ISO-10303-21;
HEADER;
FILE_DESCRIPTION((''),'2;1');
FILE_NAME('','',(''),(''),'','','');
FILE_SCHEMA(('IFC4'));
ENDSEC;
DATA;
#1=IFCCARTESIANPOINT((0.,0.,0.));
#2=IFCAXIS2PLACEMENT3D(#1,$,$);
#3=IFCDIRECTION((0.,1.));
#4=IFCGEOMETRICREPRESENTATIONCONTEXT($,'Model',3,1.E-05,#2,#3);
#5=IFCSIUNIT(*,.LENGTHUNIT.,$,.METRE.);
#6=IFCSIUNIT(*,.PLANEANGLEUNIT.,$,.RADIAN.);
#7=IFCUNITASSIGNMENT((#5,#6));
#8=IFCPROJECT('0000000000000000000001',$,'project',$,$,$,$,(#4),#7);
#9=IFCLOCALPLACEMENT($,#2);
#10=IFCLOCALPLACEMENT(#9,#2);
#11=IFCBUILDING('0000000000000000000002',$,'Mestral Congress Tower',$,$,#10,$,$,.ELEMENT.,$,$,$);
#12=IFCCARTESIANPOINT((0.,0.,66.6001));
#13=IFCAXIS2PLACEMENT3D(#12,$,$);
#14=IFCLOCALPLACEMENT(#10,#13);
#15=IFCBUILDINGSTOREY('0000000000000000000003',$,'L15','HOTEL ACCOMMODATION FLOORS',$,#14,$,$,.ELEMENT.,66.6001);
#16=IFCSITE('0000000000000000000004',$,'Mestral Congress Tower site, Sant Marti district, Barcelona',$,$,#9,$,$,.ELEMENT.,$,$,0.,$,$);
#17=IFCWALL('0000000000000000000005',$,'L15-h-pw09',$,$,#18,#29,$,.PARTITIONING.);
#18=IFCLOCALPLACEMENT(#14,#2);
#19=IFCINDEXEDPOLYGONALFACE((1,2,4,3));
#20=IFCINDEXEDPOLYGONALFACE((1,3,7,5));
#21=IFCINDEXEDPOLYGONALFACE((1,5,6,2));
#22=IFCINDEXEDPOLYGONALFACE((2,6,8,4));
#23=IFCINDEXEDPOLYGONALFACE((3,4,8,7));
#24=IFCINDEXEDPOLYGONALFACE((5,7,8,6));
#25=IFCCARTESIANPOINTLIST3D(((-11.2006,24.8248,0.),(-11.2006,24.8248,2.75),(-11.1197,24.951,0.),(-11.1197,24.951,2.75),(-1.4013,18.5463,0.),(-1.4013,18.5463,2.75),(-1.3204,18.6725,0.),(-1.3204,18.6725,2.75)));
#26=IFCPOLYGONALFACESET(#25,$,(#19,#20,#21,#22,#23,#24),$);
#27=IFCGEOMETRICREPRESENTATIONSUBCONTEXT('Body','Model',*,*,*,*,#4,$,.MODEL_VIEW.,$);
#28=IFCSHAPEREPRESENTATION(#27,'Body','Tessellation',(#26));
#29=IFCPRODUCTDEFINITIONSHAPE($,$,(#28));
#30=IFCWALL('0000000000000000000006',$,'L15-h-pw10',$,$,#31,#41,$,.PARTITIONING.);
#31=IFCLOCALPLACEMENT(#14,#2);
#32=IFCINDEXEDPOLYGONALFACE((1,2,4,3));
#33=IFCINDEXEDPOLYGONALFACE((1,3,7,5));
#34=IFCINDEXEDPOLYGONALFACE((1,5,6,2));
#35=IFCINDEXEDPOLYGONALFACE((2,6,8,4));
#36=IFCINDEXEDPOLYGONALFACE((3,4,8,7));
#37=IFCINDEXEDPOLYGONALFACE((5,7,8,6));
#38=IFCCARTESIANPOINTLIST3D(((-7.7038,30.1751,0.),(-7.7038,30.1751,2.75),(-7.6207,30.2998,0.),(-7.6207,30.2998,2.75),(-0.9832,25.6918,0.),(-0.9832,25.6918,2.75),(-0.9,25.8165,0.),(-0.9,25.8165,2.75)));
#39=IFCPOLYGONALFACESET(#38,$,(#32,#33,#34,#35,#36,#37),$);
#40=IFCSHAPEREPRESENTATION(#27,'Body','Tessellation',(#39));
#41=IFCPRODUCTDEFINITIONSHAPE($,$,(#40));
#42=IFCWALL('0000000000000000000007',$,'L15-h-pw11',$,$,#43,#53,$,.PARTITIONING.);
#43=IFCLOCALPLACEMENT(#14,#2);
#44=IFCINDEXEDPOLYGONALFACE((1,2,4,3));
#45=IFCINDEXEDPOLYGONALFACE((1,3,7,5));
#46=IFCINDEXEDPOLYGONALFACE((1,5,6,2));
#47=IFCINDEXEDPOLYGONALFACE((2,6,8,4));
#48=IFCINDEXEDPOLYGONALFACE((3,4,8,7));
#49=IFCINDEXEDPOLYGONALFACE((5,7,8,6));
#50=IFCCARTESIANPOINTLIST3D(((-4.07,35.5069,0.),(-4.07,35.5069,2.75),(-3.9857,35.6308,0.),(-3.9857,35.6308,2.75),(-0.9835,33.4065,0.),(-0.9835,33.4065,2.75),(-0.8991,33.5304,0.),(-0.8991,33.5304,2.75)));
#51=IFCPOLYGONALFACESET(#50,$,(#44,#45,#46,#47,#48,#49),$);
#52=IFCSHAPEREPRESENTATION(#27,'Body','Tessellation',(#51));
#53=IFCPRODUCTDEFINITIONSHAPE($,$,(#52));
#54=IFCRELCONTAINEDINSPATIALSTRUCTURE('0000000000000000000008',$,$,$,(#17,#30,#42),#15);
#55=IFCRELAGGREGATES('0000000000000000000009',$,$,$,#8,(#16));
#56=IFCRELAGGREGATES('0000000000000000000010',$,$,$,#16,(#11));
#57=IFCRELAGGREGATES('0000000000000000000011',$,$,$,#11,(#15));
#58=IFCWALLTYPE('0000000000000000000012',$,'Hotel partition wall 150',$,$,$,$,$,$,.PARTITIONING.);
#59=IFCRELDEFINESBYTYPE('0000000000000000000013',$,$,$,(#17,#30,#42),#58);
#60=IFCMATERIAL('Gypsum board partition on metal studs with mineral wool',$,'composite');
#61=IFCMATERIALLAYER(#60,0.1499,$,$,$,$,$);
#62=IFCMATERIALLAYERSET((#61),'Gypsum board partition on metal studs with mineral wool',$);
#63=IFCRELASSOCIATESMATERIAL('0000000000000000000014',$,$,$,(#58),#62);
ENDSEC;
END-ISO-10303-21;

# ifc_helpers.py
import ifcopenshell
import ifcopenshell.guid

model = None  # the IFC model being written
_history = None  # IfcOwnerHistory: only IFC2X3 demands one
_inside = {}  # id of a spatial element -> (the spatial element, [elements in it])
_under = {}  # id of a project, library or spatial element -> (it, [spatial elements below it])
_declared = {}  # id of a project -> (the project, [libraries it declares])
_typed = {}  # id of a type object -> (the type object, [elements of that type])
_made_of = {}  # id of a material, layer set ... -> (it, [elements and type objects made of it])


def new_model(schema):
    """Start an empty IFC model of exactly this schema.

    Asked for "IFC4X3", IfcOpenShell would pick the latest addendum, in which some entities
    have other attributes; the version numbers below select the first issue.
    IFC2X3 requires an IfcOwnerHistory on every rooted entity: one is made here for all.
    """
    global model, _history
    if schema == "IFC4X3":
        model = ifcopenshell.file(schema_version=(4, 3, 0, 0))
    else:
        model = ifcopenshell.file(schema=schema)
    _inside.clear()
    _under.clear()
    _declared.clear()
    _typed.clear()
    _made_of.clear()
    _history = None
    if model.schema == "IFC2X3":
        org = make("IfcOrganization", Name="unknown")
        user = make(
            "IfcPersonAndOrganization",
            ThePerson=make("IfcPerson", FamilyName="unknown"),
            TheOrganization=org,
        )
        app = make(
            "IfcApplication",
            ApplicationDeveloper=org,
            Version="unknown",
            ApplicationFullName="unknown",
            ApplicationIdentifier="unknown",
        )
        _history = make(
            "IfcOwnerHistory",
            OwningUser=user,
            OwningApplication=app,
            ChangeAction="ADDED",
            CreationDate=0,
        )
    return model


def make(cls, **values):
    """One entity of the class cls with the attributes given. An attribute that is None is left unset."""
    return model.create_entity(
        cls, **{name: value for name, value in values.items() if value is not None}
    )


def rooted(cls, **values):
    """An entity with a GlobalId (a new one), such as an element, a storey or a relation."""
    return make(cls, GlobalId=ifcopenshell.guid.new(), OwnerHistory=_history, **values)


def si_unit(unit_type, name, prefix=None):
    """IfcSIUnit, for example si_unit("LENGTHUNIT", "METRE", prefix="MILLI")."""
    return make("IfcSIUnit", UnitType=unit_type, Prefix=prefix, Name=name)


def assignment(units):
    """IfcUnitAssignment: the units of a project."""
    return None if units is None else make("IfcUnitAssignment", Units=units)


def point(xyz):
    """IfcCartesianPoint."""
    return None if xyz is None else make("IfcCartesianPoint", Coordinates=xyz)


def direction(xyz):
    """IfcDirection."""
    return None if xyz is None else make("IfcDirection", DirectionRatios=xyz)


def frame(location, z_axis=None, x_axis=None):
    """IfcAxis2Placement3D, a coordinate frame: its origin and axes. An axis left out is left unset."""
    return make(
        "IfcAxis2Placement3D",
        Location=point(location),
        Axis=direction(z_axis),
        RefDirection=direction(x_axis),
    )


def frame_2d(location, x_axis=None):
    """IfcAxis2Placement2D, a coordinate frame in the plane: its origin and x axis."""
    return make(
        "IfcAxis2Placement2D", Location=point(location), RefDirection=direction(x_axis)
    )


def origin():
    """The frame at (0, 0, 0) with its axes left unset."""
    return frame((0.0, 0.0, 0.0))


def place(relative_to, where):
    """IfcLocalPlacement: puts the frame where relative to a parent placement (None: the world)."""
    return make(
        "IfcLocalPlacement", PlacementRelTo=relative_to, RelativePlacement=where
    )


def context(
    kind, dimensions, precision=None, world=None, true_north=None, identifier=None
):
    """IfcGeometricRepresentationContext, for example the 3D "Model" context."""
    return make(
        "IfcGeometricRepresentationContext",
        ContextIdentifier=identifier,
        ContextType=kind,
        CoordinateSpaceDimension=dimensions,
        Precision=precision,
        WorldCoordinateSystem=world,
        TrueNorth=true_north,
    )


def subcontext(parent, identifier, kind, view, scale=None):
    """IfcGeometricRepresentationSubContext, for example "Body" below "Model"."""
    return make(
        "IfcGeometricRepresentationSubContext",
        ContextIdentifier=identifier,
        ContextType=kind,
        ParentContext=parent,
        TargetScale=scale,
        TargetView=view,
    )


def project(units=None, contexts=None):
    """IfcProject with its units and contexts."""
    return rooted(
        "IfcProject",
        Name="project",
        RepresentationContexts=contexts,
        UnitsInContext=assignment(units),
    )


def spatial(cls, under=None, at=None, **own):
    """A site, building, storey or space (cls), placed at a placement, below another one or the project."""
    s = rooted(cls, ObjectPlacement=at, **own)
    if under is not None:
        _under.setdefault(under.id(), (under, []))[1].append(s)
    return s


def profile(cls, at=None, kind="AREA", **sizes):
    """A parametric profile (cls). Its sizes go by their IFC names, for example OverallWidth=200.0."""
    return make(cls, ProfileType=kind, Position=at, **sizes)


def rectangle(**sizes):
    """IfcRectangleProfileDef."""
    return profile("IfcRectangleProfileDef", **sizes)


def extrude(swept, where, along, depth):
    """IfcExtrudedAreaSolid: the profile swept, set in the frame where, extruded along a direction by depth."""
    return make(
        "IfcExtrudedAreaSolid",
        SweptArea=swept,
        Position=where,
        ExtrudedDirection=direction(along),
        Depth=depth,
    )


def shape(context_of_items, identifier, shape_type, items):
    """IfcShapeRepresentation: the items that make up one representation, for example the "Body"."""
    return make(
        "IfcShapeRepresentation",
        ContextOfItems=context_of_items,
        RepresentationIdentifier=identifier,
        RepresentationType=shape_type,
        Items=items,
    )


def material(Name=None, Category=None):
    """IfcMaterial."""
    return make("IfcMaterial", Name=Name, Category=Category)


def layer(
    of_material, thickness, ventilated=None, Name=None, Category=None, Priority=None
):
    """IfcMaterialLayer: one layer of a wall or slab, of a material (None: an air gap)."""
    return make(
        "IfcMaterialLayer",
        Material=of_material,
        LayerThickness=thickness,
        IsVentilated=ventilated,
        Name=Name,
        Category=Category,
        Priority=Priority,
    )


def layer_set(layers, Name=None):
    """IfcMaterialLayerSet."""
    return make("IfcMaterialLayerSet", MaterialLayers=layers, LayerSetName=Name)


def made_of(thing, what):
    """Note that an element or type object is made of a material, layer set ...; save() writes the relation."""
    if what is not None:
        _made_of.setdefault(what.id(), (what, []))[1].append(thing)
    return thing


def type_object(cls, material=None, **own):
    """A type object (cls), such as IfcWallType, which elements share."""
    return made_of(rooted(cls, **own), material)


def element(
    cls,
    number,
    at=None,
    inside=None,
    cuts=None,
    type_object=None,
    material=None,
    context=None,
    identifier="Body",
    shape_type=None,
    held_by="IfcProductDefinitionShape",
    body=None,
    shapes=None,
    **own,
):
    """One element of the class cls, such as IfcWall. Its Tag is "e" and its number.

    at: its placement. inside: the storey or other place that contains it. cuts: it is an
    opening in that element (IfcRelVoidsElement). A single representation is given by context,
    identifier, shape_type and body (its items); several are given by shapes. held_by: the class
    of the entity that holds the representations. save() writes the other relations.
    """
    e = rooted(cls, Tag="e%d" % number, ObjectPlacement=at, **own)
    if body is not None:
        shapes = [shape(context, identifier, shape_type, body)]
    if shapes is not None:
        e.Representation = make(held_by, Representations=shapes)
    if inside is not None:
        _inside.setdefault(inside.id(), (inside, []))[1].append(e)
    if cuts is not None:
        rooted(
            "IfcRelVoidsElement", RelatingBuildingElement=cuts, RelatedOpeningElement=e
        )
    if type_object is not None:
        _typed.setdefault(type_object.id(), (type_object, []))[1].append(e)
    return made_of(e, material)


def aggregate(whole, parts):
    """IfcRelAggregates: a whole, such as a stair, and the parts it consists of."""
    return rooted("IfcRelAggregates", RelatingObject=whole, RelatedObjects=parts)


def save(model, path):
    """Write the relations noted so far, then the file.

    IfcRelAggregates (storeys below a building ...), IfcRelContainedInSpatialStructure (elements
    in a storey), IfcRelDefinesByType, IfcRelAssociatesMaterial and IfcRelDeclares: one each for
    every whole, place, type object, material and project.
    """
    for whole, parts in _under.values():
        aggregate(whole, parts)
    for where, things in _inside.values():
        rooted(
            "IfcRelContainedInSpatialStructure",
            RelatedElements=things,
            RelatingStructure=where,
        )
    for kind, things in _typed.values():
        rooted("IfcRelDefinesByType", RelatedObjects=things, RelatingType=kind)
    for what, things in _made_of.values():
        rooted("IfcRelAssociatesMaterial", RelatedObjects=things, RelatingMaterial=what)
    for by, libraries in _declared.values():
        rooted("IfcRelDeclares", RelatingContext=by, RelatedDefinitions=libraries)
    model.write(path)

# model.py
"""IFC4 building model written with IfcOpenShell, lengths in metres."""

from ifc_helpers import new_model, si_unit, direction, frame, frame_2d, origin, place, context, subcontext, project, spatial, rectangle, extrude, material, layer, layer_set, type_object, element, save


model = new_model("IFC4")

# Units and contexts
model_context = context("Model", 3, precision=1e-05, world=origin(), true_north=direction((0.0, 1.0)))
body_context = subcontext(model_context, "Body", "Model", "MODEL_VIEW")
ifc_project = project(units=[si_unit("LENGTHUNIT", "METRE"), si_unit("PLANEANGLEUNIT", "RADIAN")], contexts=[model_context])

# Site, building, storey
site_placement = place(None, origin())
site = spatial("IfcSite", under=ifc_project, at=site_placement, Name="Mestral Congress Tower site, Sant Marti district, Barcelona", CompositionType="ELEMENT", RefElevation=0.0)
building_placement = place(site_placement, origin())
building = spatial("IfcBuilding", under=site, at=building_placement, Name="Mestral Congress Tower", CompositionType="ELEMENT")
storey_placement = place(building_placement, frame((0.0, 0.0, 66.6001)))
storey = spatial("IfcBuildingStorey", under=building, at=storey_placement, Name="L15", Description="HOTEL ACCOMMODATION FLOORS", CompositionType="ELEMENT", Elevation=66.6001)

# Shared definitions
ifc_material_1 = material(Name="Gypsum board partition on metal studs with mineral wool", Category="composite")

# Walls
ifc_layer_1 = layer(ifc_material_1, 0.1499)
ifc_layer_set_1 = layer_set([ifc_layer_1], Name="Gypsum board partition on metal studs with mineral wool")
wall_type_1 = type_object("IfcWallType", Name="Hotel partition wall 150", PredefinedType="PARTITIONING", material=ifc_layer_set_1)
wall_1_placement = place(storey_placement, frame((-11.1602, 24.8879, 0.0), z_axis=(0.0, 0.0, 1.0), x_axis=(0.841998, -0.53948, 0.0)))
element("IfcWall", 1, at=wall_1_placement, inside=storey, type_object=wall_type_1, Name="L15-h-pw09", PredefinedType="PARTITIONING", context=body_context, shape_type="SweptSolid", body=[
    extrude(rectangle(XDim=11.6382, YDim=0.1499, at=frame_2d((5.8191, 0.0))), origin(), (0.0, 0.0, 1.0), 2.75),
])
wall_2_placement = place(storey_placement, frame((-7.6624, 30.2375, 0.0), z_axis=(0.0, 0.0, 1.0), x_axis=(0.831883, -0.554951, 0.0)))
element("IfcWall", 2, at=wall_2_placement, inside=storey, type_object=wall_type_1, Name="L15-h-pw10", PredefinedType="PARTITIONING", context=body_context, shape_type="SweptSolid", body=[
    extrude(rectangle(XDim=8.0789, YDim=0.1499, at=frame_2d((4.0396, 0.0))), origin(), (0.0, 0.0, 1.0), 2.75),
])
wall_3_placement = place(storey_placement, frame((-4.0278, 35.5688, 0.0), z_axis=(0.0, 0.0, 1.0), x_axis=(0.826731, -0.562598, 0.0)))
element("IfcWall", 3, at=wall_3_placement, inside=storey, type_object=wall_type_1, Name="L15-h-pw11", PredefinedType="PARTITIONING", context=body_context, shape_type="SweptSolid", body=[
    extrude(rectangle(XDim=3.7334, YDim=0.1499, at=frame_2d((1.8667, 0.0))), origin(), (0.0, 0.0, 1.0), 2.75),
])

save(model, "model.ifc")
